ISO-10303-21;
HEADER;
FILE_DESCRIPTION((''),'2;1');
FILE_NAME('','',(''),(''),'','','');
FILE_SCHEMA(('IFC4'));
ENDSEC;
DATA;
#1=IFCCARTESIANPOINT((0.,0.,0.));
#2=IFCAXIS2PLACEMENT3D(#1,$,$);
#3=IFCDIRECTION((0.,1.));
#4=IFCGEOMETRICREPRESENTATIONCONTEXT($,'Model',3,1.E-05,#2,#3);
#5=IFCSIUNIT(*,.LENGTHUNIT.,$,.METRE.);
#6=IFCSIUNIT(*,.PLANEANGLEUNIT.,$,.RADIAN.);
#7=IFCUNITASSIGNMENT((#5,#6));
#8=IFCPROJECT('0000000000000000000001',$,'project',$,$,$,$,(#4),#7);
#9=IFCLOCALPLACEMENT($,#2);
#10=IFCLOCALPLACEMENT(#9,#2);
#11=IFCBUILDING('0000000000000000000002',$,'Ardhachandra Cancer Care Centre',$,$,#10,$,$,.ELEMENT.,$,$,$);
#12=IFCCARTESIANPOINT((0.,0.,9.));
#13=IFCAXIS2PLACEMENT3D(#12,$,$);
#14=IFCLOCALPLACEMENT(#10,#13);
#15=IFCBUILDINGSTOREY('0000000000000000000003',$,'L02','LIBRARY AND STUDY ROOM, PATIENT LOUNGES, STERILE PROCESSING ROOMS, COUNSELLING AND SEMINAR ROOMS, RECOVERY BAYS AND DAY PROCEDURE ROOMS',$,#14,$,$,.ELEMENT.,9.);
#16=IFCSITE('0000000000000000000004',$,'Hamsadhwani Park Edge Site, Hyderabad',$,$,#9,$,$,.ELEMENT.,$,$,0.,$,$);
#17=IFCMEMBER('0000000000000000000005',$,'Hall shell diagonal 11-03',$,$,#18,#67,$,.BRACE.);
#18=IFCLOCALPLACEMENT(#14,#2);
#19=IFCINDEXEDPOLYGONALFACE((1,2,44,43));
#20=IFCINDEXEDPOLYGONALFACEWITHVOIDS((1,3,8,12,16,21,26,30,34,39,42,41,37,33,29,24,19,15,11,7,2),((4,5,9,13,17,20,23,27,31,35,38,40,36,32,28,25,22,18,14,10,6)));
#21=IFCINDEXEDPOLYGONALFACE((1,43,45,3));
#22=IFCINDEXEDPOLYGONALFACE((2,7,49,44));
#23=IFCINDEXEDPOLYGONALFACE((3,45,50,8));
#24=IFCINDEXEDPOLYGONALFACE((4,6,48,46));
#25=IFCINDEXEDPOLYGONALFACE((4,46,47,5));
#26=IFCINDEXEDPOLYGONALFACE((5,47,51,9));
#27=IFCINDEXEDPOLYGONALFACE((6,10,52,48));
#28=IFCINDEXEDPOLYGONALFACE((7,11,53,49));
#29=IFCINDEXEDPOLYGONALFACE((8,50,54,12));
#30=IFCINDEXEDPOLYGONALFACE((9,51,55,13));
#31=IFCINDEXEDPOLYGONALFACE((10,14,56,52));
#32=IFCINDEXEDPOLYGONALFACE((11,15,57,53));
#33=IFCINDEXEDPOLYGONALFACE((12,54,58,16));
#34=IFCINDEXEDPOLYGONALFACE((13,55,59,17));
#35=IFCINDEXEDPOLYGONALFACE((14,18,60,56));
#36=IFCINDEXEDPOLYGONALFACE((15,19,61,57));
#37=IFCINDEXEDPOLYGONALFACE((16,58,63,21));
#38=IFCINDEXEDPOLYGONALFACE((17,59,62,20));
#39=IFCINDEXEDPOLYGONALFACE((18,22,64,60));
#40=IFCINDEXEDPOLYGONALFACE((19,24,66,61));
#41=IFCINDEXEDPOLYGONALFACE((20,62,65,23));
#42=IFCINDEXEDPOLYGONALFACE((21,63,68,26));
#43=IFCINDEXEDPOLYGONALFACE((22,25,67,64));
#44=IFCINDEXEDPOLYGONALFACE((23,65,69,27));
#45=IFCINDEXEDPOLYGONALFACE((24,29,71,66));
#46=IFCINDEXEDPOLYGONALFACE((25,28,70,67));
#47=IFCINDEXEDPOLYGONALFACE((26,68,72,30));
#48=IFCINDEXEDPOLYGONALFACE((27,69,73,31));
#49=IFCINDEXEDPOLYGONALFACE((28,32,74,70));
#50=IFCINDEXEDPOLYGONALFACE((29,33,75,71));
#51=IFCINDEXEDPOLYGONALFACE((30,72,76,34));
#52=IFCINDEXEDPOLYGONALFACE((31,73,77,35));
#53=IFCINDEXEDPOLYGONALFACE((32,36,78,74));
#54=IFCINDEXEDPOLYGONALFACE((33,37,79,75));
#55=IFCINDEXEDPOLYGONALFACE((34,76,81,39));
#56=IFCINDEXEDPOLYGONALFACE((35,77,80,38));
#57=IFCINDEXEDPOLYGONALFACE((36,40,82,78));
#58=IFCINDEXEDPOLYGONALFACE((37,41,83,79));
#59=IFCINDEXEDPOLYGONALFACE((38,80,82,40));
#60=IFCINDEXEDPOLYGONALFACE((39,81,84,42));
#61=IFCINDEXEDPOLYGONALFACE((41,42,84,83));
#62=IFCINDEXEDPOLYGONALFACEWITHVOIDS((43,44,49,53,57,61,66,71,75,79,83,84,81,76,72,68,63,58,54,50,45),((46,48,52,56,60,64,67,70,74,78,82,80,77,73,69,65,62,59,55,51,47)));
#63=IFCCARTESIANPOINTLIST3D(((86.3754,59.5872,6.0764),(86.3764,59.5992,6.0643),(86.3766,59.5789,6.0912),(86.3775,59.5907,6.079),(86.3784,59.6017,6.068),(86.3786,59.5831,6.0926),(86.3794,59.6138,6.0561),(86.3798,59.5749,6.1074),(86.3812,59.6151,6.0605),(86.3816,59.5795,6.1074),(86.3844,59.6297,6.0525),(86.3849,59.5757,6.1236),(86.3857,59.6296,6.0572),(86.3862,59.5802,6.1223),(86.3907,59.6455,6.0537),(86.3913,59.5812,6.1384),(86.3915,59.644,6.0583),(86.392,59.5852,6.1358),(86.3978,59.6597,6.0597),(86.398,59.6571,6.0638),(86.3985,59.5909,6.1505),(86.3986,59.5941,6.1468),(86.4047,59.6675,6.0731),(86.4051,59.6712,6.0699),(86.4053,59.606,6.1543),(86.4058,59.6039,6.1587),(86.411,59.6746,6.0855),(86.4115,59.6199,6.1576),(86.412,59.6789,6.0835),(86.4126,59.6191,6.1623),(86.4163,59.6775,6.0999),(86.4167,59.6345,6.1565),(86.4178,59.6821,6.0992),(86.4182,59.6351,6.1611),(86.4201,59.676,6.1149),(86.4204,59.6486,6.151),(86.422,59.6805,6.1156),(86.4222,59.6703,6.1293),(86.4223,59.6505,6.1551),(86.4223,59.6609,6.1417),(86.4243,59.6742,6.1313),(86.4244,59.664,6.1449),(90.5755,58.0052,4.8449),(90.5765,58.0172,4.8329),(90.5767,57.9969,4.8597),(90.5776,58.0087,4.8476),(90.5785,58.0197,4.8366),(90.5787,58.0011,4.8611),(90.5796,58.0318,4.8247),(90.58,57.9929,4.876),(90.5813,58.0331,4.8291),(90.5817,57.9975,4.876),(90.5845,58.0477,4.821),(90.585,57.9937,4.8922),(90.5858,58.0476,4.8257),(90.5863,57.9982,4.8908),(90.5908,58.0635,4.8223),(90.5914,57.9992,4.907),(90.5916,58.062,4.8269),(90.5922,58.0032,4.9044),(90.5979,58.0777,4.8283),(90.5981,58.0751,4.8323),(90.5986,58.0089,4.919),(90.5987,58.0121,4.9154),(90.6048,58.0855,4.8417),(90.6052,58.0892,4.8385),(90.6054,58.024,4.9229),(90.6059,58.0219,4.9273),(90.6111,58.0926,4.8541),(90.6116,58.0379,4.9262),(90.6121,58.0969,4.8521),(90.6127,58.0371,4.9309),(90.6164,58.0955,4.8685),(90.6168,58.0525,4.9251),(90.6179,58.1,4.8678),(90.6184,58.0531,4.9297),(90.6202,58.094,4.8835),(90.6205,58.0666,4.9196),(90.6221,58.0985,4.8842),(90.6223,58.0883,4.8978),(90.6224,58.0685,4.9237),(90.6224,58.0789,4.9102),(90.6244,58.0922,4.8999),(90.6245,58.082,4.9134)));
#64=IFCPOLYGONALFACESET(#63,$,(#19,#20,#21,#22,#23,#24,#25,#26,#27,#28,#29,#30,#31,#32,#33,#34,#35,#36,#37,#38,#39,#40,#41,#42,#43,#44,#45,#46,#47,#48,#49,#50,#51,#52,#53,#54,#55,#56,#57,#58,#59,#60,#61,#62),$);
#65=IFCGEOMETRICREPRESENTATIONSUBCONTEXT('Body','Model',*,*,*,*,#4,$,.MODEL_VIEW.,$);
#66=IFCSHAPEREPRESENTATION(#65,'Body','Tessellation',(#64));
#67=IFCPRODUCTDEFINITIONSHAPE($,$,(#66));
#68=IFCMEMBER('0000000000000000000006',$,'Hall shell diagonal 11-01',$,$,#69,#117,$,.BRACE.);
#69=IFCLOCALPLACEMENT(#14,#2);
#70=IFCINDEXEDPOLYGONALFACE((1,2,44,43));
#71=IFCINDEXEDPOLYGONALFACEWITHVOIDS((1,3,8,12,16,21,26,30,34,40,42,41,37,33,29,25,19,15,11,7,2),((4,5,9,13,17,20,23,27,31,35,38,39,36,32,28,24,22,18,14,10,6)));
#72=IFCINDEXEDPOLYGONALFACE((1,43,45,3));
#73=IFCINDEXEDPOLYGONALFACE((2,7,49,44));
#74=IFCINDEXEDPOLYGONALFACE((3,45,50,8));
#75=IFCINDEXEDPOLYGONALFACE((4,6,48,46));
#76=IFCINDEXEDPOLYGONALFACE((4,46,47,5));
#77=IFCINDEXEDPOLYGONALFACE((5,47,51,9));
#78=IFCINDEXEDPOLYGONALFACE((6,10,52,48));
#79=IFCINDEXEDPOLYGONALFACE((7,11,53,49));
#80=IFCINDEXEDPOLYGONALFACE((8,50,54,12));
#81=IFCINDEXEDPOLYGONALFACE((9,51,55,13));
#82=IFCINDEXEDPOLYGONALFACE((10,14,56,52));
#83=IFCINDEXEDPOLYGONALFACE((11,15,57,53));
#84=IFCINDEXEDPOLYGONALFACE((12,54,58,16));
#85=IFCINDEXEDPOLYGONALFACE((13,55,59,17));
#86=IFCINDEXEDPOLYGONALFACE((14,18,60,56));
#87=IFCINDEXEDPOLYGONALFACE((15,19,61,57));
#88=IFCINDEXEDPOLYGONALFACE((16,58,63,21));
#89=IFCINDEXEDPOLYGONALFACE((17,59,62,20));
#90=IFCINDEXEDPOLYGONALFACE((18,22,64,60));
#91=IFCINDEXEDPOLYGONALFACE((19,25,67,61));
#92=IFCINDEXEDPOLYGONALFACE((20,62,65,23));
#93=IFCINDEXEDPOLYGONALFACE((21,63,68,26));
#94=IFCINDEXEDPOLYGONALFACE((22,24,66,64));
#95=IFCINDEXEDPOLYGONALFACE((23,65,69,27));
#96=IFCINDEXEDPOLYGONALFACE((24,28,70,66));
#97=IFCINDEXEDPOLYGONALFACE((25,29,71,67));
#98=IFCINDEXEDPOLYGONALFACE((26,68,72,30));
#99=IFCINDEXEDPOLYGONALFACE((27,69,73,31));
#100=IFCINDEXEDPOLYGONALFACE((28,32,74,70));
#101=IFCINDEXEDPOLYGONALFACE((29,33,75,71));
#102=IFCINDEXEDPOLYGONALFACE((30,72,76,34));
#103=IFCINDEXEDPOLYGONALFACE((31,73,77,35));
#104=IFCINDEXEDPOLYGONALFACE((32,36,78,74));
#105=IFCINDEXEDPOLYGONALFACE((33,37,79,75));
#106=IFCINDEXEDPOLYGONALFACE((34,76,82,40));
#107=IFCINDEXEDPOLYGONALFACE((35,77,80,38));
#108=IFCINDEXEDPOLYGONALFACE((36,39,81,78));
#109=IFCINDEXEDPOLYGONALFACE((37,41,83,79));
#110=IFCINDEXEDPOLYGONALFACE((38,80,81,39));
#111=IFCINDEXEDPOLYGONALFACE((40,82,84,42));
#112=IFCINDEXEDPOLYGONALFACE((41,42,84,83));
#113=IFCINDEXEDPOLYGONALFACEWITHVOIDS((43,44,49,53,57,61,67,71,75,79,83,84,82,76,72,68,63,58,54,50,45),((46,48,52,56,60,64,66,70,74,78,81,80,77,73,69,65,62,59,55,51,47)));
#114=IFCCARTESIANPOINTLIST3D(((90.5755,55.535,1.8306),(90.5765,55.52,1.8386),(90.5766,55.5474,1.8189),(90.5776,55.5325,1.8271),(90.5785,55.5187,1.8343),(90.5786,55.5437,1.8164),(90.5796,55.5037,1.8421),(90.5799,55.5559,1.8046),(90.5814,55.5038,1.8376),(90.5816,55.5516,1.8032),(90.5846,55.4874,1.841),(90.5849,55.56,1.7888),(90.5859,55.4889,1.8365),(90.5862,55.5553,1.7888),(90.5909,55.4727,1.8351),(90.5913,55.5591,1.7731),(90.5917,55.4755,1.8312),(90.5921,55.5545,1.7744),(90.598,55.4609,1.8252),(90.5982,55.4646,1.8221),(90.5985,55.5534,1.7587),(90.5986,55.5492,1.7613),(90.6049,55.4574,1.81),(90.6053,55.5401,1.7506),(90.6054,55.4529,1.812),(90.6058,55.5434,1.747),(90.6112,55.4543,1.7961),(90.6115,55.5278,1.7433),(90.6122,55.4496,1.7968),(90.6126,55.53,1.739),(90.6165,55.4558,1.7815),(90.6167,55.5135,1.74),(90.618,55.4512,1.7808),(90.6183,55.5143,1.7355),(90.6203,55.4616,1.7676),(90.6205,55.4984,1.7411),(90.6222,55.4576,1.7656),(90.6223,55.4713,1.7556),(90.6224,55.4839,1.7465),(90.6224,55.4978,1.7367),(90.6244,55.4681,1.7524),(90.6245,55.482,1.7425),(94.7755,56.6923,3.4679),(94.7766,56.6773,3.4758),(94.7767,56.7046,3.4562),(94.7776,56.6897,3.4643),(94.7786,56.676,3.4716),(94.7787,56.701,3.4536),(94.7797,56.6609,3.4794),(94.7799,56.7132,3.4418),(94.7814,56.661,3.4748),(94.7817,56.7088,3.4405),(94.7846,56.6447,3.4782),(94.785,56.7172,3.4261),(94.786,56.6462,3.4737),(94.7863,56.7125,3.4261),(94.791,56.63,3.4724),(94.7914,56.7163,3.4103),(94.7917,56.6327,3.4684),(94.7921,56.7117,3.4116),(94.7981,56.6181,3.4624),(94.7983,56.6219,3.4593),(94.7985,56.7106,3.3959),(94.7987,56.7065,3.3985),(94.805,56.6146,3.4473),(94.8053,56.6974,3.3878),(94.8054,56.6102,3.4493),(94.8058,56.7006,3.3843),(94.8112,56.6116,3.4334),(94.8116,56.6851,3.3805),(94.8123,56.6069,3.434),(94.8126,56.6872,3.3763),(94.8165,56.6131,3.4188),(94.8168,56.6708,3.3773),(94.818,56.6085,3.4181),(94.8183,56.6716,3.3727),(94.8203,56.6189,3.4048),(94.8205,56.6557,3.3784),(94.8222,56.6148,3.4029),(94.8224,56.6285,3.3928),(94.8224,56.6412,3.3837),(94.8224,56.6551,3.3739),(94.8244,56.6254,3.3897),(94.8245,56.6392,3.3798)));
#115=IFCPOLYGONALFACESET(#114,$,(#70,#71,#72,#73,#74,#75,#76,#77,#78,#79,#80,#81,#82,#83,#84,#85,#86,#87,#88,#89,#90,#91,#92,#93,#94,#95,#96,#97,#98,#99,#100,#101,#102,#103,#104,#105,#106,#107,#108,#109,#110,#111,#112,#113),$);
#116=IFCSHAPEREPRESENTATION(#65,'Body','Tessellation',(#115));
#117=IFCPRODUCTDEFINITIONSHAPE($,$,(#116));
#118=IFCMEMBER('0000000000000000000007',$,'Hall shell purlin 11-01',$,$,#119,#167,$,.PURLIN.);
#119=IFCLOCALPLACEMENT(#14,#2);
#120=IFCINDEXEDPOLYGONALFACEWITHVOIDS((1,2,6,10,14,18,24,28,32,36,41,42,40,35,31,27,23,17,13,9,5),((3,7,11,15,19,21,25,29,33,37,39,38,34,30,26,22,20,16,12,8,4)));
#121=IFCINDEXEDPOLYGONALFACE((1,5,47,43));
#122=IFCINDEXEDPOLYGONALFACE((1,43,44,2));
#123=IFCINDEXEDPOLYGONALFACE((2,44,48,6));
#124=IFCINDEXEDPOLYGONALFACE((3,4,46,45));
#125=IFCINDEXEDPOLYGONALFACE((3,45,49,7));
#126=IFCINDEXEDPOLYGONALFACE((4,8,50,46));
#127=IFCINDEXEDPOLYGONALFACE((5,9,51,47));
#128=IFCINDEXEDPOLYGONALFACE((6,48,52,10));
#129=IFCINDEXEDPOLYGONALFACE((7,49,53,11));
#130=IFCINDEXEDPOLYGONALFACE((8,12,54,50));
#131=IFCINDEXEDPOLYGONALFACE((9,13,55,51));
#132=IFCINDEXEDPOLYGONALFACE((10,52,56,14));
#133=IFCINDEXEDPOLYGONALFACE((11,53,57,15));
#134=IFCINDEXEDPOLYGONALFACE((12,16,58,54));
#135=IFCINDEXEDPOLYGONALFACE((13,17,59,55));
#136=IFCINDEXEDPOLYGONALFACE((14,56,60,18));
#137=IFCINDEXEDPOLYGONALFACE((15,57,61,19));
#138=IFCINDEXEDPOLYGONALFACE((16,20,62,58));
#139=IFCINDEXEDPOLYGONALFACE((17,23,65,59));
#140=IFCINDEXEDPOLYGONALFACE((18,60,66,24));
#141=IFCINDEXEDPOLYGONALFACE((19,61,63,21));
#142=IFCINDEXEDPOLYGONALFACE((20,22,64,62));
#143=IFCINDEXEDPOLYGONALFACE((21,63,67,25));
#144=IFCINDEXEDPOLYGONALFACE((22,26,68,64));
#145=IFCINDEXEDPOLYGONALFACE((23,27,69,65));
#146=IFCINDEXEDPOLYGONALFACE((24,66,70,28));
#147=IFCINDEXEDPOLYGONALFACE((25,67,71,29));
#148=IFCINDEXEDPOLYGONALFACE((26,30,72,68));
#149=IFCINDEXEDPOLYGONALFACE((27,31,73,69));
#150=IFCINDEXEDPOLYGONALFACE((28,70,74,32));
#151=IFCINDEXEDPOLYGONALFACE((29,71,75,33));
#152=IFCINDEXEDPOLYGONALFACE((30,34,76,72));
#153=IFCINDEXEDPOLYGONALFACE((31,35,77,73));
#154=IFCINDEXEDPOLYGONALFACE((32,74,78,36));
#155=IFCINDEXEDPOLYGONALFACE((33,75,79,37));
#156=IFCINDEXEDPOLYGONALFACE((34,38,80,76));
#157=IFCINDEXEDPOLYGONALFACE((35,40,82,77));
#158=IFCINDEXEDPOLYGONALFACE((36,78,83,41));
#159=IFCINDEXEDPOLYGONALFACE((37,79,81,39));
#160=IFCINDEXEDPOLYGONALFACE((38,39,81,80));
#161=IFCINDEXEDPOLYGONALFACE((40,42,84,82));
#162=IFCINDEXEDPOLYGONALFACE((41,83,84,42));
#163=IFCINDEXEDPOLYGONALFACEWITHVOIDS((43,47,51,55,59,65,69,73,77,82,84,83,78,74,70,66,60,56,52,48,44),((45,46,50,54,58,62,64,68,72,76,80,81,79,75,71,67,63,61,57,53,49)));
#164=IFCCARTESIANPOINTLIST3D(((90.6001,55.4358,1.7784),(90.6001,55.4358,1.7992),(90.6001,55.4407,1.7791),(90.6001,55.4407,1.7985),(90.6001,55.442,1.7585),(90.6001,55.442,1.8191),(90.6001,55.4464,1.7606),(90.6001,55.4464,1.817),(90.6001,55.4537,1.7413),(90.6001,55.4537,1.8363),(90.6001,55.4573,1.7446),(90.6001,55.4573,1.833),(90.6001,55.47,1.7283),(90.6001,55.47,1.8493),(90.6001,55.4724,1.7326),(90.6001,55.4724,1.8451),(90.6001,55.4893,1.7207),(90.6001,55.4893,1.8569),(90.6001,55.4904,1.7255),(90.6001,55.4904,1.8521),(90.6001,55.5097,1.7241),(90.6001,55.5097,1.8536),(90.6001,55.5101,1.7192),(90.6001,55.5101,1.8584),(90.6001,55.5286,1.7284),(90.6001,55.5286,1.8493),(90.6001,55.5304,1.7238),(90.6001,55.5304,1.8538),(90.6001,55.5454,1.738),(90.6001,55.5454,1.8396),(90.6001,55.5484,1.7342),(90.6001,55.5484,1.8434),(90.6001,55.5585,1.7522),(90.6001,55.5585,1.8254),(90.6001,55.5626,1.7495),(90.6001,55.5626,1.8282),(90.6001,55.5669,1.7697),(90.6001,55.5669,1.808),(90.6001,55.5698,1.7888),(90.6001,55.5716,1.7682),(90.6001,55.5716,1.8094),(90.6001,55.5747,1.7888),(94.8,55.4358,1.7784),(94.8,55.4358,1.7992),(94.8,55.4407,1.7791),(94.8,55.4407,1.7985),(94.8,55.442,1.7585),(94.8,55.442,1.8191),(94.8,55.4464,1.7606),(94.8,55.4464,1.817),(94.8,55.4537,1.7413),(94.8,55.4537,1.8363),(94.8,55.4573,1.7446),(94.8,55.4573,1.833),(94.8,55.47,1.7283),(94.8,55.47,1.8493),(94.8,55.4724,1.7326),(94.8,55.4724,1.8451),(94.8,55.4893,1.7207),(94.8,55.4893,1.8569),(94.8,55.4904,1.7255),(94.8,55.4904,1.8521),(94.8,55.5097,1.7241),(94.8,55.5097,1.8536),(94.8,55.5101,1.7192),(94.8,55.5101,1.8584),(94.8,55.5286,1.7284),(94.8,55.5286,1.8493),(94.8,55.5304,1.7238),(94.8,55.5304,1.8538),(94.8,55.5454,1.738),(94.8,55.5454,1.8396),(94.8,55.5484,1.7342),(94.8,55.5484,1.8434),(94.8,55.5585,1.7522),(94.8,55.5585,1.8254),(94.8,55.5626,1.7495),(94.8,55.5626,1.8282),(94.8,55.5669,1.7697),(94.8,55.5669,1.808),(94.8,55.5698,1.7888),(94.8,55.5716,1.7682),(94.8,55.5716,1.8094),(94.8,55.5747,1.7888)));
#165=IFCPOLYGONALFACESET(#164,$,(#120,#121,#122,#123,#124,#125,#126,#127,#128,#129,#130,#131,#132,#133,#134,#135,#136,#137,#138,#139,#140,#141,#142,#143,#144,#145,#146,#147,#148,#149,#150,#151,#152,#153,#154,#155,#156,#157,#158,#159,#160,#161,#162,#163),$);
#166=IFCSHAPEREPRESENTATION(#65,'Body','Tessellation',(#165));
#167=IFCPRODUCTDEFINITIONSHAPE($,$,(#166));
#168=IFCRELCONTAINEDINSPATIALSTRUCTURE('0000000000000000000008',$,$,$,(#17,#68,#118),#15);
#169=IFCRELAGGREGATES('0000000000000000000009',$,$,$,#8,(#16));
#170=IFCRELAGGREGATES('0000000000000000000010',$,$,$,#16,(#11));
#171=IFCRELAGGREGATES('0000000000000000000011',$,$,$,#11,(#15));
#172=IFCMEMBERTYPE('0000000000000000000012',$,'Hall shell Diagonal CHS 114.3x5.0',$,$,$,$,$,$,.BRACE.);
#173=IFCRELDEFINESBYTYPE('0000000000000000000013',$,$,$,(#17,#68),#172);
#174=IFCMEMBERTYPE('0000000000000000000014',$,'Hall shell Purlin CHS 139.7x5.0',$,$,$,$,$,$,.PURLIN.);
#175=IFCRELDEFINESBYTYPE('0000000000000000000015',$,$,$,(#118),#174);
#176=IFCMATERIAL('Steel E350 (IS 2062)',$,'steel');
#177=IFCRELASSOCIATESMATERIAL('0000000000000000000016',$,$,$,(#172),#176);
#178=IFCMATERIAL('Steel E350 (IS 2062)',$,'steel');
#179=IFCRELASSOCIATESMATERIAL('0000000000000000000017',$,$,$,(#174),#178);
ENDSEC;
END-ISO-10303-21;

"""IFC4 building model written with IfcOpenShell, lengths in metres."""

from ifc_helpers import new_model, si_unit, direction, frame, origin, origin_2d, place, context, subcontext, project, spatial, hollow_circle, extrude, material, material_profile, profile_set, type_object, element, save


model = new_model("IFC4")

# Units and contexts
model_context = context("Model", 3, precision=1e-05, world=origin(), true_north=direction((0.0, 1.0)))
body_context = subcontext(model_context, "Body", "Model", "MODEL_VIEW")
ifc_project = project(units=[si_unit("LENGTHUNIT", "METRE"), si_unit("PLANEANGLEUNIT", "RADIAN")], contexts=[model_context])

# Site, building, storey
site_placement = place(None, origin())
site = spatial("IfcSite", under=ifc_project, at=site_placement, Name="Hamsadhwani Park Edge Site, Hyderabad", CompositionType="ELEMENT", RefElevation=0.0)
building_placement = place(site_placement, origin())
building = spatial("IfcBuilding", under=site, at=building_placement, Name="Ardhachandra Cancer Care Centre", CompositionType="ELEMENT")
storey_placement = place(building_placement, frame((0.0, 0.0, 9.0)))
storey = spatial("IfcBuildingStorey", under=building, at=storey_placement, Name="L02", Description="LIBRARY AND STUDY ROOM, PATIENT LOUNGES, STERILE PROCESSING ROOMS, COUNSELLING AND SEMINAR ROOMS, RECOVERY BAYS AND DAY PROCEDURE ROOMS", CompositionType="ELEMENT", Elevation=9.0)

# Members
ifc_material_1 = material(Name="Steel E350 (IS 2062)", Category="steel")
ifc_material_profile_1 = material_profile(ifc_material_1, hollow_circle(Radius=0.0571, WallThickness=0.0049, at=origin_2d()), Name="CHS 114.3x5.0")
ifc_profile_set_1 = profile_set([ifc_material_profile_1], Name="Steel E350 (IS 2062)")
member_type_1 = type_object("IfcMemberType", Name="Hall shell Diagonal CHS 114.3x5.0", PredefinedType="BRACE", material=ifc_profile_set_1)
for number, where, z_axis, x_axis, name in (
    (1, (90.6001, 58.0464, 4.876), (-0.902466, 0.33992, 0.264592), (-0.352482, -0.935819, 0.0), "Hall shell diagonal 11-03"),
    (2, (90.6001, 55.5049, 1.7888), (0.90245, 0.248655, 0.351789), (-0.265634, 0.964074, 0.0), "Hall shell diagonal 11-01"),
):
    element("IfcMember", number, at=place(storey_placement, frame(where, z_axis=z_axis, x_axis=x_axis)), inside=storey, type_object=member_type_1, Name=name, PredefinedType="BRACE", context=body_context, shape_type="SweptSolid", body=[
        extrude(hollow_circle(Radius=0.0571, WallThickness=0.0049, at=origin_2d()), origin(), (0.0, 0.0, 1.0), 4.6541),
    ])
ifc_material_2 = material(Name="Steel E350 (IS 2062)", Category="steel")
ifc_material_profile_2 = material_profile(ifc_material_2, hollow_circle(Radius=0.0698, WallThickness=0.0049, at=origin_2d()), Name="CHS 139.7x5.0")
ifc_profile_set_2 = profile_set([ifc_material_profile_2], Name="Steel E350 (IS 2062)")
member_type_2 = type_object("IfcMemberType", Name="Hall shell Purlin CHS 139.7x5.0", PredefinedType="PURLIN", material=ifc_profile_set_2)
member_1_placement = place(storey_placement, frame((90.6001, 55.5049, 1.7888), z_axis=(1.0, 0.0, 0.0), x_axis=(0.0, 1.0, 0.0)))
element("IfcMember", 3, at=member_1_placement, inside=storey, type_object=member_type_2, Name="Hall shell purlin 11-01", PredefinedType="PURLIN", context=body_context, shape_type="SweptSolid", body=[
    extrude(hollow_circle(Radius=0.0698, WallThickness=0.0049, at=origin_2d()), origin(), (0.0, 0.0, 1.0), 4.2),
])

save(model, "model.ifc")
